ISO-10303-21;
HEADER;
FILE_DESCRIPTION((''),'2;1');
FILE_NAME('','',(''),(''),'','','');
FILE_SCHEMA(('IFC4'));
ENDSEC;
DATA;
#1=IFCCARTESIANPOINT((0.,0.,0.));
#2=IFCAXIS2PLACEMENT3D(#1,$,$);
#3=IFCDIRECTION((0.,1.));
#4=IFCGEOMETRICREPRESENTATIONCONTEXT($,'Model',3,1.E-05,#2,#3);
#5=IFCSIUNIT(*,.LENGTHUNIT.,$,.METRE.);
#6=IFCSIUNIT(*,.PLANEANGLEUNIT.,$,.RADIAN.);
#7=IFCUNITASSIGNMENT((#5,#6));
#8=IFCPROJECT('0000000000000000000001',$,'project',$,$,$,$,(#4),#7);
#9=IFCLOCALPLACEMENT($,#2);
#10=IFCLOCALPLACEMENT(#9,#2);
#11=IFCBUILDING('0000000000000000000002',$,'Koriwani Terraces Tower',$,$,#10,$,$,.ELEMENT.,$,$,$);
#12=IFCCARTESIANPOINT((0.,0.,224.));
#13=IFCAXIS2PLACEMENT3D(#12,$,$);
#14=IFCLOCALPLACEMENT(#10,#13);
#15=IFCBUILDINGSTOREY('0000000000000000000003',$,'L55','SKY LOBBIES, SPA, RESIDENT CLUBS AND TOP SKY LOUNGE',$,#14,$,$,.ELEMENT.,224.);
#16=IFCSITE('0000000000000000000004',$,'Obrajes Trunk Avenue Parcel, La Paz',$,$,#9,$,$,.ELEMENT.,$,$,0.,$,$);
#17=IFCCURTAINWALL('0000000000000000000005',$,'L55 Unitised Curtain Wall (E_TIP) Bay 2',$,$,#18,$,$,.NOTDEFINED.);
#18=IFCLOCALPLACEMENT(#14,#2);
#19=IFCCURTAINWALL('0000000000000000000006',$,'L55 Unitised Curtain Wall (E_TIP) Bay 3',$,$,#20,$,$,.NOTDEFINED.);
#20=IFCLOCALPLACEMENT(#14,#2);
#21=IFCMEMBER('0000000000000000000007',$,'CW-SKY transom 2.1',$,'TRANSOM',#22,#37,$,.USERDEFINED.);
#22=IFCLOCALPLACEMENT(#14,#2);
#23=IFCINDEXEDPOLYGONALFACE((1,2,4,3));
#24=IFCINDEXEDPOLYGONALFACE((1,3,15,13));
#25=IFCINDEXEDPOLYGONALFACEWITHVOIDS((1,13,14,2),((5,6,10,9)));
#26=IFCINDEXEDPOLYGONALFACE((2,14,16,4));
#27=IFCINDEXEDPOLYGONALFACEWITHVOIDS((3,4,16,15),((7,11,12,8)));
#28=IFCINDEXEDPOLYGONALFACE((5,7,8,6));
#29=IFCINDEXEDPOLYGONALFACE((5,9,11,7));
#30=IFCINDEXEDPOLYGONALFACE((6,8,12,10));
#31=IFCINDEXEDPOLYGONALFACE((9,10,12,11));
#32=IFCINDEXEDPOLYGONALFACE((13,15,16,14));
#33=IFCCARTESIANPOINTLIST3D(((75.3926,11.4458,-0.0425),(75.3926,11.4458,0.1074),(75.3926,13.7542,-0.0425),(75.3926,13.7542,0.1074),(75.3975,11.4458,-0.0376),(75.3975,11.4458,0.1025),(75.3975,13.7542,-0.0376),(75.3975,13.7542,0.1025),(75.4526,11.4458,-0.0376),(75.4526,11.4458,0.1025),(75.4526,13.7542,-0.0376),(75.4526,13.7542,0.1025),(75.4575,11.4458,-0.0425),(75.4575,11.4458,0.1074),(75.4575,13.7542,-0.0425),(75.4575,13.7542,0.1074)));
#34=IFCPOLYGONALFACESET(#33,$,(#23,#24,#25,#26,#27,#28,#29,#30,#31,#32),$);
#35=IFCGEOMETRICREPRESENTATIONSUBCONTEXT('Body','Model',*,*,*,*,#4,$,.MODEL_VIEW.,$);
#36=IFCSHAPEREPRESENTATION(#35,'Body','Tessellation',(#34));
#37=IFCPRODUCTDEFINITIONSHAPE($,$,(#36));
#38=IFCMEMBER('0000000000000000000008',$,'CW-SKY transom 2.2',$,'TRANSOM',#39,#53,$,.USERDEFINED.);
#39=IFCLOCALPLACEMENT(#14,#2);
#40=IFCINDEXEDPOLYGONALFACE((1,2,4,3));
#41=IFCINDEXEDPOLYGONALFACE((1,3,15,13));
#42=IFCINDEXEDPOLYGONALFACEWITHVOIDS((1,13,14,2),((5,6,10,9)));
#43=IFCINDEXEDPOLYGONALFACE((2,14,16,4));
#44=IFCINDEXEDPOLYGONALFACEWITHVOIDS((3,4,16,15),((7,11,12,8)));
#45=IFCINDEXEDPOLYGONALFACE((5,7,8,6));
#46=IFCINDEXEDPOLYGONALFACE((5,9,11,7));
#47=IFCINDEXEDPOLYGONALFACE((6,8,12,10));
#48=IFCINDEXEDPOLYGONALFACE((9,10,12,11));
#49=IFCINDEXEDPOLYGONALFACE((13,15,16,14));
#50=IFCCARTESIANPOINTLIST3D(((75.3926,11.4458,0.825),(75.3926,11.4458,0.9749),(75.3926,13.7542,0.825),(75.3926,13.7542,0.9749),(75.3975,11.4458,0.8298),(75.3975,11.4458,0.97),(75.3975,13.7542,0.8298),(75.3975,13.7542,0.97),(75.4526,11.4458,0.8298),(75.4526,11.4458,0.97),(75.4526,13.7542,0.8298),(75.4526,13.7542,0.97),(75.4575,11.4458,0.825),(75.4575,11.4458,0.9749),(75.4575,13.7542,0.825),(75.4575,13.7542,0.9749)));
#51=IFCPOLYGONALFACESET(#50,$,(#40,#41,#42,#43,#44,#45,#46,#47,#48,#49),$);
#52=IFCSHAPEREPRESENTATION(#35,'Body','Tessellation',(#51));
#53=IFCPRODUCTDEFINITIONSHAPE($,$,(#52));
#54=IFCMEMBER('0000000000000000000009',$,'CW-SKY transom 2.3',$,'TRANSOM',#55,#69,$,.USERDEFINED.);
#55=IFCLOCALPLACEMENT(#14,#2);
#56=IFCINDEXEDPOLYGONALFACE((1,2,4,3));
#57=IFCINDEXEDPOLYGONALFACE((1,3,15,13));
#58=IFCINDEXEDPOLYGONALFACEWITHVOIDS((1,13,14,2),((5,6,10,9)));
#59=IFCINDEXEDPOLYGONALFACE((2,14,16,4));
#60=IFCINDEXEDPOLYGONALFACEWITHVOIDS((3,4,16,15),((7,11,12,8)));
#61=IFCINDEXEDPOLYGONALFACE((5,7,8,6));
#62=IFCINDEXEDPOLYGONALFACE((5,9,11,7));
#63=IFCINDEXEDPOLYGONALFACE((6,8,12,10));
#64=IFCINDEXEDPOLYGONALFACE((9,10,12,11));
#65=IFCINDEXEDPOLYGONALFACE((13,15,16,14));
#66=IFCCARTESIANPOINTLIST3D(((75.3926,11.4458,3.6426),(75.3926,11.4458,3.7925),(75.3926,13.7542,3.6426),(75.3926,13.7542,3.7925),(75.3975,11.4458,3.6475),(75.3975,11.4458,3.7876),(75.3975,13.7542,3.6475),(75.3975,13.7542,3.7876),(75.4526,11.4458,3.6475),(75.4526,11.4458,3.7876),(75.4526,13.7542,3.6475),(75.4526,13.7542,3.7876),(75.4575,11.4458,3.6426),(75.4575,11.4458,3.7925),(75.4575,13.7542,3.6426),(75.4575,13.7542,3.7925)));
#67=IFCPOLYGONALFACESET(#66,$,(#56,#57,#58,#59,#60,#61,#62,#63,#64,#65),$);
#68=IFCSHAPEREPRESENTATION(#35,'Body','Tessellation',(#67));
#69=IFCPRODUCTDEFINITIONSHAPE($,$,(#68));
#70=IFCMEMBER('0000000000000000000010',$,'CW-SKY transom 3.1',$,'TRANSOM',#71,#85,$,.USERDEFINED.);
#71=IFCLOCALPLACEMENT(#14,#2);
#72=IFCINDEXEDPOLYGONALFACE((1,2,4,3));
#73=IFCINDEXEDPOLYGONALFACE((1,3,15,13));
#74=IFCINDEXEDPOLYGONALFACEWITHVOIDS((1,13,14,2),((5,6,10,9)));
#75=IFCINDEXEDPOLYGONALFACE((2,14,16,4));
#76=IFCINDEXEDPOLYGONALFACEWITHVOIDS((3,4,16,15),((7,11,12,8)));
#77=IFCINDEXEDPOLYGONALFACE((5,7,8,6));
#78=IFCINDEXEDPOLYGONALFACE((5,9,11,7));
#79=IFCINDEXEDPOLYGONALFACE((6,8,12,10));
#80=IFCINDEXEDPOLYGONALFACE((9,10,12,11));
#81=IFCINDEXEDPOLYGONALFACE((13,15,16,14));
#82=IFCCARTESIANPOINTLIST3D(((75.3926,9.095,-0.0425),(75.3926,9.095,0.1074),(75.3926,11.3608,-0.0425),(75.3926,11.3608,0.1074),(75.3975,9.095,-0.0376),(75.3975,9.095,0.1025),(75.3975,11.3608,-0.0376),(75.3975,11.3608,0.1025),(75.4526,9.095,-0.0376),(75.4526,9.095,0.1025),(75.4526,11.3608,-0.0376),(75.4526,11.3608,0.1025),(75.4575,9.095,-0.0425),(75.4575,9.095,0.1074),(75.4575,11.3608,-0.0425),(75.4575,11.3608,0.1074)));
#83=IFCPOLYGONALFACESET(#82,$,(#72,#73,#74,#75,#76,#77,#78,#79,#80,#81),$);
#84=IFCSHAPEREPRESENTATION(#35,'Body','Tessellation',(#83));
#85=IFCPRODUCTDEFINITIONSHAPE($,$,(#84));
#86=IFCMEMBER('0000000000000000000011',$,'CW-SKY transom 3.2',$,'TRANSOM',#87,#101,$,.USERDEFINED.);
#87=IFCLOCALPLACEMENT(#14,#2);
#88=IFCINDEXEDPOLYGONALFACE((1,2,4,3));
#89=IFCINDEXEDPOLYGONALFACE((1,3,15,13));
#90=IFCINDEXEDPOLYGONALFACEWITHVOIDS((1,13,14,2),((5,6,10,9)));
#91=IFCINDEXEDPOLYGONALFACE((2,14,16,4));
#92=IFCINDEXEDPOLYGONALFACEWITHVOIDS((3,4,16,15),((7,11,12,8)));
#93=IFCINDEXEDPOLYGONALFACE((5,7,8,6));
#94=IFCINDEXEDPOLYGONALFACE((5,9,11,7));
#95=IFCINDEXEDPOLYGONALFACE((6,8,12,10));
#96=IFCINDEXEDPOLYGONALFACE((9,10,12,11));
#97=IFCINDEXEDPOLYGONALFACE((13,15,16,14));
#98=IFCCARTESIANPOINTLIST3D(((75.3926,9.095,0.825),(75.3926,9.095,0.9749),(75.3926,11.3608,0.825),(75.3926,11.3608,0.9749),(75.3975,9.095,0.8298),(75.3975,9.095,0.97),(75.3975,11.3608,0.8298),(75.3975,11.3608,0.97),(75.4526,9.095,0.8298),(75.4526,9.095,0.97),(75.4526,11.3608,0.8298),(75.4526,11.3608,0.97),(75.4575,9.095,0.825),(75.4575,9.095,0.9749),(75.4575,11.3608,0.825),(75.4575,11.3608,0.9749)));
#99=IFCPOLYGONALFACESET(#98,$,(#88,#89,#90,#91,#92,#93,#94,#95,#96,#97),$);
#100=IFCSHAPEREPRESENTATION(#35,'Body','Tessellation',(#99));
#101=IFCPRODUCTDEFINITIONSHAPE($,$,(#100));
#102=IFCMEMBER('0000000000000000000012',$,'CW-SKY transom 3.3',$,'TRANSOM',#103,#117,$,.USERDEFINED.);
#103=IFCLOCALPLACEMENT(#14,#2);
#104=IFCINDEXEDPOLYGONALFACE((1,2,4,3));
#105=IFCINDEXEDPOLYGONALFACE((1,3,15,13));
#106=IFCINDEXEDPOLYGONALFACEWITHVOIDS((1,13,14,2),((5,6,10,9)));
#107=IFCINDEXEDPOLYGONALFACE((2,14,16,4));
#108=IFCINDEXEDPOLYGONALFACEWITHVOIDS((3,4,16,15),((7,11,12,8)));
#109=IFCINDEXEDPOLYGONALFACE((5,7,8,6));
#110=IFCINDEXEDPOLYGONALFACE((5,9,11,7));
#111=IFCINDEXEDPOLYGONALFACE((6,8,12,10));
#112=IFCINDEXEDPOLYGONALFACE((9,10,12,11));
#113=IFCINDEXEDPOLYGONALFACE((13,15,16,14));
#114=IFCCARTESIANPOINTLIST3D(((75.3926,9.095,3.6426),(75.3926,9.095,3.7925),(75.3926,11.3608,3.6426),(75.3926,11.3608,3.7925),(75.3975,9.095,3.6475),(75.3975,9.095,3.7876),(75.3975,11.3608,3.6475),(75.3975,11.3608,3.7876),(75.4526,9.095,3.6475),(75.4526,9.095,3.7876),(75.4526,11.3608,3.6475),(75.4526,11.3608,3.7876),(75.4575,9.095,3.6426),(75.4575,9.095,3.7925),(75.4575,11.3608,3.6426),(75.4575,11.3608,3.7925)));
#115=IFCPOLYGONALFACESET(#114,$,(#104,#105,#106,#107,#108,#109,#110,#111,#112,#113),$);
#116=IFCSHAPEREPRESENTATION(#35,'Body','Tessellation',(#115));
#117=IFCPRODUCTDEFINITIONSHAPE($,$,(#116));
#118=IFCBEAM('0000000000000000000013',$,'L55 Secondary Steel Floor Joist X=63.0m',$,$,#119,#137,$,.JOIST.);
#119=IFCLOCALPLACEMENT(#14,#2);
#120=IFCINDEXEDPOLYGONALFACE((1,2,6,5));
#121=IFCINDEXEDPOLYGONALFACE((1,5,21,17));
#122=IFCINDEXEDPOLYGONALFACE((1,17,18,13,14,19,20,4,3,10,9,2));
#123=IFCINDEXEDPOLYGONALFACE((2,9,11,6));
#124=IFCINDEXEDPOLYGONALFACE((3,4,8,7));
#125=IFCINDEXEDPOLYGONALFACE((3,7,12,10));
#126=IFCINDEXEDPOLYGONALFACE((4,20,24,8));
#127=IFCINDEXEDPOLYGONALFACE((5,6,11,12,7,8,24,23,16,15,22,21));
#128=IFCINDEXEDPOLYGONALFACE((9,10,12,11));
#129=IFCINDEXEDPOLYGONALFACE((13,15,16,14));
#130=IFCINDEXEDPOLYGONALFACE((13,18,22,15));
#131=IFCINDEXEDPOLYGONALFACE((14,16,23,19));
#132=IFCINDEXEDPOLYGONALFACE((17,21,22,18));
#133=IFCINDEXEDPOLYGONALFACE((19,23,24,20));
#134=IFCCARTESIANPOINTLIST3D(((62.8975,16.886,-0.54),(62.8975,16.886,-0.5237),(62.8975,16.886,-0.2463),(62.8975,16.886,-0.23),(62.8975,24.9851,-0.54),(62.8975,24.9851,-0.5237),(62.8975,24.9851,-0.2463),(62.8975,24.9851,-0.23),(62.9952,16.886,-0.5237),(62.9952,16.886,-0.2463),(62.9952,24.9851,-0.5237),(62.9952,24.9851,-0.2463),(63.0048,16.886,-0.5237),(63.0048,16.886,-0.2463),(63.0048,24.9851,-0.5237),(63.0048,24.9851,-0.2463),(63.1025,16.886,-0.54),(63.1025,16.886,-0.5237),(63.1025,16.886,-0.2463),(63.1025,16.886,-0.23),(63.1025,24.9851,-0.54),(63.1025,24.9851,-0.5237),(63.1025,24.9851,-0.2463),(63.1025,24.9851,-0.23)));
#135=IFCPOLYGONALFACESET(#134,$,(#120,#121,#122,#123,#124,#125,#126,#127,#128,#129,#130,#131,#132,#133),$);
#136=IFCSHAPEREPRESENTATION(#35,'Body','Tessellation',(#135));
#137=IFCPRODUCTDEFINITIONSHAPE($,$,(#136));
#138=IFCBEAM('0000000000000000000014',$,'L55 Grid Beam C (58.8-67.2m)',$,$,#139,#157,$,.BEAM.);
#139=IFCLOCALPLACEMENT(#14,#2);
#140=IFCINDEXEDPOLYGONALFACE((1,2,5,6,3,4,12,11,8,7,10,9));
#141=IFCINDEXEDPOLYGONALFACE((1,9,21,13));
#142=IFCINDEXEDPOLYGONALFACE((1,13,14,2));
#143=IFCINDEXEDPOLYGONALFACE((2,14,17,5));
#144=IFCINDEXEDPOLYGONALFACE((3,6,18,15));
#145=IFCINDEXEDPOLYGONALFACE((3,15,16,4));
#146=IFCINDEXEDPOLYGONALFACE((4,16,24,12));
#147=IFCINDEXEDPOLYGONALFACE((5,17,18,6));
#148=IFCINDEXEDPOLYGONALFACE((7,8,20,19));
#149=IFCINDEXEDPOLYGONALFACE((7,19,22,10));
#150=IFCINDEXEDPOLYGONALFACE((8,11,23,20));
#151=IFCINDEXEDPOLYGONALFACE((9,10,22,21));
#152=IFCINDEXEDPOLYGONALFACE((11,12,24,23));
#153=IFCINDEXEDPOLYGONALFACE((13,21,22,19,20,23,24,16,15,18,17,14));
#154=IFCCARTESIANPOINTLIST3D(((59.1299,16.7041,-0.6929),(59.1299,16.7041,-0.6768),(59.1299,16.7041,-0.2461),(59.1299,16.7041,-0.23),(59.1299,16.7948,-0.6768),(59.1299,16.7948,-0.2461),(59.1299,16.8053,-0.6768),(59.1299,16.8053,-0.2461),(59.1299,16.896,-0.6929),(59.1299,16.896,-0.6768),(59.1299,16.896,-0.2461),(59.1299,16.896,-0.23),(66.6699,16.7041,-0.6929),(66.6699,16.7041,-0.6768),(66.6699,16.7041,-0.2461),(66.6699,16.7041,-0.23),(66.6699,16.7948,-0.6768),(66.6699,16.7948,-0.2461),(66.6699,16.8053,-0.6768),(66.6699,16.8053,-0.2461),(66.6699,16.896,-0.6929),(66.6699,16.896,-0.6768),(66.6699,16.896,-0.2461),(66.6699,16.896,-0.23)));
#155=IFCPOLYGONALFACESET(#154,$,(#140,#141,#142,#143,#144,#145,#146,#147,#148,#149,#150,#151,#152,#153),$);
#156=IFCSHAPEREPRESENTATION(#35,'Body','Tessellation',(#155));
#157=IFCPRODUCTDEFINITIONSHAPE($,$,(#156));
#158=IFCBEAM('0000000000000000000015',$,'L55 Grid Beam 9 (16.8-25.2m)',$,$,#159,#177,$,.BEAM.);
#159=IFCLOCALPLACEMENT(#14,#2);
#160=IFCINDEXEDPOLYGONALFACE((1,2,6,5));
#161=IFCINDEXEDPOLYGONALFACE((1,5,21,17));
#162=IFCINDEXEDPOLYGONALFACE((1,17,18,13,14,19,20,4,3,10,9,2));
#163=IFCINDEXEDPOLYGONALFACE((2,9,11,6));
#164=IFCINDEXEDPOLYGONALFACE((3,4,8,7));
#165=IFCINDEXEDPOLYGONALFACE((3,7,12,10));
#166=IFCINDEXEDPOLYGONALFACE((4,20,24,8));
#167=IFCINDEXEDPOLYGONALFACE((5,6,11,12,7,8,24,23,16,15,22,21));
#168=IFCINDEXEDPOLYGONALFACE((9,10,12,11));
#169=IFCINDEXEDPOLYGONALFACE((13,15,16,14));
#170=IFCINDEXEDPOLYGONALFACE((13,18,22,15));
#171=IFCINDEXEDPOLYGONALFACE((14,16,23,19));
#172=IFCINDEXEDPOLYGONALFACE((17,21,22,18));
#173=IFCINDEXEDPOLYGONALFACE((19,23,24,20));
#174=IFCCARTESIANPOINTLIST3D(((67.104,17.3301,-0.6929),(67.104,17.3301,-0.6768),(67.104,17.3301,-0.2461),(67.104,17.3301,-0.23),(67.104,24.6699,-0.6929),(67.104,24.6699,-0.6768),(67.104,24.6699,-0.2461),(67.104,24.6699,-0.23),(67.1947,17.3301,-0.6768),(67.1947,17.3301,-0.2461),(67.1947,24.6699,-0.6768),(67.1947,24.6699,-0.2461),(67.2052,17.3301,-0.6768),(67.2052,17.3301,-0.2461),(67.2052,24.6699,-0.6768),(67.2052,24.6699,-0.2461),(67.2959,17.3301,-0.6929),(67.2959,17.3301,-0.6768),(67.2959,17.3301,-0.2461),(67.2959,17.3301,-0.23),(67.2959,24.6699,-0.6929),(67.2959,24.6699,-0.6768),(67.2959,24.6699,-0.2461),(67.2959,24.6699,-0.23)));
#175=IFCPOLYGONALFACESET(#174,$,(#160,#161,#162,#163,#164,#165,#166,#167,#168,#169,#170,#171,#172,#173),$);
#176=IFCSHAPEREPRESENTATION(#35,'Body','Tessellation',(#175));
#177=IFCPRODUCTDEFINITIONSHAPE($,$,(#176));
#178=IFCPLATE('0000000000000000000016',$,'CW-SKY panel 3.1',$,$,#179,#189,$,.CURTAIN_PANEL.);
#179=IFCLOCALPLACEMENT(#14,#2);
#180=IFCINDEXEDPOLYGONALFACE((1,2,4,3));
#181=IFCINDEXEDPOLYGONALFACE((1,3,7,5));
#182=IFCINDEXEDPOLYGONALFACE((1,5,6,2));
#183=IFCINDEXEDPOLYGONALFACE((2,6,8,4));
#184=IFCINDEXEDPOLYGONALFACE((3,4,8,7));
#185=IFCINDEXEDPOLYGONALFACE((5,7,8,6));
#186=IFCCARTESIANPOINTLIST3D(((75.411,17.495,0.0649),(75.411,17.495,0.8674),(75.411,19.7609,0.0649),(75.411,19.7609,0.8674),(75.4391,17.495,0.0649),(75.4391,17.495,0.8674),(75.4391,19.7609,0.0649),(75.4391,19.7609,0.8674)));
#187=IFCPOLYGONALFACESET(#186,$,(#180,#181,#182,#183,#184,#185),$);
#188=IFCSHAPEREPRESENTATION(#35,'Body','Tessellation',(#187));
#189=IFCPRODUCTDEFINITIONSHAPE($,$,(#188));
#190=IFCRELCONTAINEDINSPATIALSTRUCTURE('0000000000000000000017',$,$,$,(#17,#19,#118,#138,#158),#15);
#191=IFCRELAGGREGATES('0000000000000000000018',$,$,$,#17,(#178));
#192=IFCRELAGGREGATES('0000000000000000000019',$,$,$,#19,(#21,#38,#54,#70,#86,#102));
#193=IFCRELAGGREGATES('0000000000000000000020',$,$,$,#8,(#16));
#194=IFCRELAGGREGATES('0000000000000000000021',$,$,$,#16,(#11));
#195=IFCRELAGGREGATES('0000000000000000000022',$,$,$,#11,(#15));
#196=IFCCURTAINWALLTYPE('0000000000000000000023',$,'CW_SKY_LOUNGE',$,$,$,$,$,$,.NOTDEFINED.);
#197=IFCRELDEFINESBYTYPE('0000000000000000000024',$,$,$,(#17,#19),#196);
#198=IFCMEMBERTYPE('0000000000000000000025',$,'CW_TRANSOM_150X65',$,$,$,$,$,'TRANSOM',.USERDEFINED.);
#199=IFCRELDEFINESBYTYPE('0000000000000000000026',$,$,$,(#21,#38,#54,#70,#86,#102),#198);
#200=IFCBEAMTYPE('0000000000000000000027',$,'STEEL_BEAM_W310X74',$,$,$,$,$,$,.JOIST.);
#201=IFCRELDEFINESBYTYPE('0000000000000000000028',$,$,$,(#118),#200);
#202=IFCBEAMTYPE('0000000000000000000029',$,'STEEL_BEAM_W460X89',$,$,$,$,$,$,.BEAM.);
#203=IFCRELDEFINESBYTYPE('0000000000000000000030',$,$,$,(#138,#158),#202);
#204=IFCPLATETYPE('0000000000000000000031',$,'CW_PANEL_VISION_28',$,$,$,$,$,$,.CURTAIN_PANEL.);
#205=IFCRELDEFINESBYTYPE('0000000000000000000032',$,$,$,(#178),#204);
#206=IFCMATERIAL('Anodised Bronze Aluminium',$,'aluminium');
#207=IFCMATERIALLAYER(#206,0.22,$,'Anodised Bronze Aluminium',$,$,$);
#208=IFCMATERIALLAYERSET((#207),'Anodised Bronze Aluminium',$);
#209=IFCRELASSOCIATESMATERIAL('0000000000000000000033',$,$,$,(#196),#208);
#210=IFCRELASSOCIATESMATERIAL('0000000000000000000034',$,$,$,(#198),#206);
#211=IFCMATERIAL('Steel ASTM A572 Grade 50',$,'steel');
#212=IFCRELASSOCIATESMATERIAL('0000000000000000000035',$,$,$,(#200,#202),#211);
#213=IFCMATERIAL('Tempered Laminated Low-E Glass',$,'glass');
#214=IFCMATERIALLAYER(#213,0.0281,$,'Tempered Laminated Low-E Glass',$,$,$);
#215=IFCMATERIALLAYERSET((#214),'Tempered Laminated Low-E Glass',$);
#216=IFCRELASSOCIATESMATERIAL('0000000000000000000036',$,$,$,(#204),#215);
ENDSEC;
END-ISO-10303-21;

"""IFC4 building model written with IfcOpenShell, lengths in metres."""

from ifc_helpers import new_model, si_unit, direction, frame, origin, origin_2d, place, context, subcontext, project, spatial, rectangle, hollow_rectangle, i_section, extrude, material, layer, layer_set, material_profile, profile_set, type_object, element, aggregate, save


model = new_model("IFC4")

# Units and contexts
model_context = context("Model", 3, precision=1e-05, world=origin(), true_north=direction((0.0, 1.0)))
body_context = subcontext(model_context, "Body", "Model", "MODEL_VIEW")
ifc_project = project(units=[si_unit("LENGTHUNIT", "METRE"), si_unit("PLANEANGLEUNIT", "RADIAN")], contexts=[model_context])

# Site, building, storey
site_placement = place(None, origin())
site = spatial("IfcSite", under=ifc_project, at=site_placement, Name="Obrajes Trunk Avenue Parcel, La Paz", CompositionType="ELEMENT", RefElevation=0.0)
building_placement = place(site_placement, origin())
building = spatial("IfcBuilding", under=site, at=building_placement, Name="Koriwani Terraces Tower", CompositionType="ELEMENT")
storey_placement = place(building_placement, frame((0.0, 0.0, 224.0)))
storey = spatial("IfcBuildingStorey", under=building, at=storey_placement, Name="L55", Description="SKY LOBBIES, SPA, RESIDENT CLUBS AND TOP SKY LOUNGE", CompositionType="ELEMENT", Elevation=224.0)

# Curtain wall
ifc_material_1 = material(Name="Anodised Bronze Aluminium", Category="aluminium")
ifc_layer_1 = layer(ifc_material_1, 0.22, Name="Anodised Bronze Aluminium")
ifc_layer_set_1 = layer_set([ifc_layer_1], Name="Anodised Bronze Aluminium")
curtain_wall_type = type_object("IfcCurtainWallType", Name="CW_SKY_LOUNGE", PredefinedType="NOTDEFINED", material=ifc_layer_set_1)
curtain_wall_1_placement = place(storey_placement, origin())
curtain_wall_1 = element("IfcCurtainWall", 1, at=curtain_wall_1_placement, inside=storey, type_object=curtain_wall_type, Name="L55 Unitised Curtain Wall (E_TIP) Bay 2", PredefinedType="NOTDEFINED")

# Curtain wall, members
curtain_wall_2_placement = place(storey_placement, origin())
curtain_wall_2 = element("IfcCurtainWall", 2, at=curtain_wall_2_placement, inside=storey, type_object=curtain_wall_type, Name="L55 Unitised Curtain Wall (E_TIP) Bay 3", PredefinedType="NOTDEFINED")
ifc_material_profile_1 = material_profile(ifc_material_1, hollow_rectangle(XDim=0.0649, YDim=0.1499, WallThickness=0.0049, at=origin_2d()), Name="Anodised Bronze Aluminium", Category="LoadBearing")
ifc_profile_set_1 = profile_set([ifc_material_profile_1], Name="Anodised Bronze Aluminium")
member_type_1 = type_object("IfcMemberType", Name="CW_TRANSOM_150X65", ElementType="TRANSOM", PredefinedType="USERDEFINED", material=ifc_profile_set_1)
member_1_placement = place(storey_placement, frame((75.425, 13.7542, 0.0325), z_axis=(0.0, -1.0, 0.0), x_axis=(1.0, 0.0, 0.0)))
member_1 = element("IfcMember", 3, at=member_1_placement, type_object=member_type_1, Name="CW-SKY transom 2.1", ObjectType="TRANSOM", PredefinedType="USERDEFINED", context=body_context, shape_type="SweptSolid", body=[
    extrude(hollow_rectangle(XDim=0.0649, YDim=0.1499, WallThickness=0.0049, at=origin_2d()), origin(), (0.0, 0.0, 1.0), 2.3083),
])
member_2_placement = place(storey_placement, frame((75.425, 13.7542, 0.8999), z_axis=(0.0, -1.0, 0.0), x_axis=(1.0, 0.0, 0.0)))
member_2 = element("IfcMember", 4, at=member_2_placement, type_object=member_type_1, Name="CW-SKY transom 2.2", ObjectType="TRANSOM", PredefinedType="USERDEFINED", context=body_context, shape_type="SweptSolid", body=[
    extrude(hollow_rectangle(XDim=0.0649, YDim=0.1499, WallThickness=0.0049, at=origin_2d()), origin(), (0.0, 0.0, 1.0), 2.3083),
])
member_3_placement = place(storey_placement, frame((75.425, 13.7542, 3.7175), z_axis=(0.0, -1.0, 0.0), x_axis=(1.0, 0.0, 0.0)))
member_3 = element("IfcMember", 5, at=member_3_placement, type_object=member_type_1, Name="CW-SKY transom 2.3", ObjectType="TRANSOM", PredefinedType="USERDEFINED", context=body_context, shape_type="SweptSolid", body=[
    extrude(hollow_rectangle(XDim=0.0649, YDim=0.1499, WallThickness=0.0049, at=origin_2d()), origin(), (0.0, 0.0, 1.0), 2.3083),
])
member_4_placement = place(storey_placement, frame((75.425, 11.3608, 0.0325), z_axis=(0.0, -1.0, 0.0), x_axis=(1.0, 0.0, 0.0)))
member_4 = element("IfcMember", 6, at=member_4_placement, type_object=member_type_1, Name="CW-SKY transom 3.1", ObjectType="TRANSOM", PredefinedType="USERDEFINED", context=body_context, shape_type="SweptSolid", body=[
    extrude(hollow_rectangle(XDim=0.0649, YDim=0.1499, WallThickness=0.0049, at=origin_2d()), origin(), (0.0, 0.0, 1.0), 2.2659),
])
member_5_placement = place(storey_placement, frame((75.425, 11.3608, 0.8999), z_axis=(0.0, -1.0, 0.0), x_axis=(1.0, 0.0, 0.0)))
member_5 = element("IfcMember", 7, at=member_5_placement, type_object=member_type_1, Name="CW-SKY transom 3.2", ObjectType="TRANSOM", PredefinedType="USERDEFINED", context=body_context, shape_type="SweptSolid", body=[
    extrude(hollow_rectangle(XDim=0.0649, YDim=0.1499, WallThickness=0.0049, at=origin_2d()), origin(), (0.0, 0.0, 1.0), 2.2659),
])
member_6_placement = place(storey_placement, frame((75.425, 11.3608, 3.7175), z_axis=(0.0, -1.0, 0.0), x_axis=(1.0, 0.0, 0.0)))
member_6 = element("IfcMember", 8, at=member_6_placement, type_object=member_type_1, Name="CW-SKY transom 3.3", ObjectType="TRANSOM", PredefinedType="USERDEFINED", context=body_context, shape_type="SweptSolid", body=[
    extrude(hollow_rectangle(XDim=0.0649, YDim=0.1499, WallThickness=0.0049, at=origin_2d()), origin(), (0.0, 0.0, 1.0), 2.2659),
])

# Beams
ifc_material_2 = material(Name="Steel ASTM A572 Grade 50", Category="steel")
ifc_material_profile_2 = material_profile(ifc_material_2, i_section(OverallWidth=0.2051, OverallDepth=0.3101, WebThickness=0.0095, FlangeThickness=0.0164, at=origin_2d()), Name="Steel ASTM A572 Grade 50", Category="LoadBearing")
ifc_profile_set_2 = profile_set([ifc_material_profile_2], Name="Steel ASTM A572 Grade 50")
beam_type_1 = type_object("IfcBeamType", Name="STEEL_BEAM_W310X74", PredefinedType="JOIST", material=ifc_profile_set_2)
beam_1_placement = place(storey_placement, frame((63.0, 16.886, -0.385), z_axis=(0.0, 1.0, 0.0), x_axis=(-1.0, 0.0, 0.0)))
element("IfcBeam", 9, at=beam_1_placement, inside=storey, type_object=beam_type_1, Name="L55 Secondary Steel Floor Joist X=63.0m", PredefinedType="JOIST", context=body_context, shape_type="SweptSolid", body=[
    extrude(i_section(OverallWidth=0.2051, OverallDepth=0.3101, WebThickness=0.0095, FlangeThickness=0.0164, at=origin_2d()), origin(), (0.0, 0.0, 1.0), 8.0991),
])
ifc_material_profile_3 = material_profile(ifc_material_2, i_section(OverallWidth=0.1919, OverallDepth=0.4629, WebThickness=0.0105, FlangeThickness=0.0161, at=origin_2d()), Name="Steel ASTM A572 Grade 50", Category="LoadBearing")
ifc_profile_set_3 = profile_set([ifc_material_profile_3], Name="Steel ASTM A572 Grade 50")
beam_type_2 = type_object("IfcBeamType", Name="STEEL_BEAM_W460X89", PredefinedType="BEAM", material=ifc_profile_set_3)
beam_2_placement = place(storey_placement, frame((59.1299, 16.8, -0.4614), z_axis=(1.0, 0.0, 0.0), x_axis=(0.0, 1.0, 0.0)))
element("IfcBeam", 10, at=beam_2_placement, inside=storey, type_object=beam_type_2, Name="L55 Grid Beam C (58.8-67.2m)", PredefinedType="BEAM", context=body_context, shape_type="SweptSolid", body=[
    extrude(i_section(OverallWidth=0.1919, OverallDepth=0.4629, WebThickness=0.0105, FlangeThickness=0.0161, at=origin_2d()), origin(), (0.0, 0.0, 1.0), 7.54),
])
beam_3_placement = place(storey_placement, frame((67.2, 17.3301, -0.4614), z_axis=(0.0, 1.0, 0.0), x_axis=(-1.0, 0.0, 0.0)))
element("IfcBeam", 11, at=beam_3_placement, inside=storey, type_object=beam_type_2, Name="L55 Grid Beam 9 (16.8-25.2m)", PredefinedType="BEAM", context=body_context, shape_type="SweptSolid", body=[
    extrude(i_section(OverallWidth=0.1919, OverallDepth=0.4629, WebThickness=0.0105, FlangeThickness=0.0161, at=origin_2d()), origin(), (0.0, 0.0, 1.0), 7.3398),
])

# Plate
ifc_material_3 = material(Name="Tempered Laminated Low-E Glass", Category="glass")
ifc_layer_2 = layer(ifc_material_3, 0.0281, Name="Tempered Laminated Low-E Glass")
ifc_layer_set_2 = layer_set([ifc_layer_2], Name="Tempered Laminated Low-E Glass")
plate_type = type_object("IfcPlateType", Name="CW_PANEL_VISION_28", PredefinedType="CURTAIN_PANEL", material=ifc_layer_set_2)
plate_1_placement = place(storey_placement, frame((75.425, 18.6279, 0.0649), z_axis=(0.0, 0.0, 1.0), x_axis=(0.0, -1.0, 0.0)))
plate_1 = element("IfcPlate", 12, at=plate_1_placement, type_object=plate_type, Name="CW-SKY panel 3.1", PredefinedType="CURTAIN_PANEL", context=body_context, shape_type="SweptSolid", body=[
    extrude(rectangle(XDim=2.2659, YDim=0.0281, at=origin_2d()), origin(), (0.0, 0.0, 1.0), 0.8025),
])
aggregate(curtain_wall_1, [plate_1])
aggregate(curtain_wall_2, [member_1, member_2, member_3, member_4, member_5, member_6])

save(model, "model.ifc")
